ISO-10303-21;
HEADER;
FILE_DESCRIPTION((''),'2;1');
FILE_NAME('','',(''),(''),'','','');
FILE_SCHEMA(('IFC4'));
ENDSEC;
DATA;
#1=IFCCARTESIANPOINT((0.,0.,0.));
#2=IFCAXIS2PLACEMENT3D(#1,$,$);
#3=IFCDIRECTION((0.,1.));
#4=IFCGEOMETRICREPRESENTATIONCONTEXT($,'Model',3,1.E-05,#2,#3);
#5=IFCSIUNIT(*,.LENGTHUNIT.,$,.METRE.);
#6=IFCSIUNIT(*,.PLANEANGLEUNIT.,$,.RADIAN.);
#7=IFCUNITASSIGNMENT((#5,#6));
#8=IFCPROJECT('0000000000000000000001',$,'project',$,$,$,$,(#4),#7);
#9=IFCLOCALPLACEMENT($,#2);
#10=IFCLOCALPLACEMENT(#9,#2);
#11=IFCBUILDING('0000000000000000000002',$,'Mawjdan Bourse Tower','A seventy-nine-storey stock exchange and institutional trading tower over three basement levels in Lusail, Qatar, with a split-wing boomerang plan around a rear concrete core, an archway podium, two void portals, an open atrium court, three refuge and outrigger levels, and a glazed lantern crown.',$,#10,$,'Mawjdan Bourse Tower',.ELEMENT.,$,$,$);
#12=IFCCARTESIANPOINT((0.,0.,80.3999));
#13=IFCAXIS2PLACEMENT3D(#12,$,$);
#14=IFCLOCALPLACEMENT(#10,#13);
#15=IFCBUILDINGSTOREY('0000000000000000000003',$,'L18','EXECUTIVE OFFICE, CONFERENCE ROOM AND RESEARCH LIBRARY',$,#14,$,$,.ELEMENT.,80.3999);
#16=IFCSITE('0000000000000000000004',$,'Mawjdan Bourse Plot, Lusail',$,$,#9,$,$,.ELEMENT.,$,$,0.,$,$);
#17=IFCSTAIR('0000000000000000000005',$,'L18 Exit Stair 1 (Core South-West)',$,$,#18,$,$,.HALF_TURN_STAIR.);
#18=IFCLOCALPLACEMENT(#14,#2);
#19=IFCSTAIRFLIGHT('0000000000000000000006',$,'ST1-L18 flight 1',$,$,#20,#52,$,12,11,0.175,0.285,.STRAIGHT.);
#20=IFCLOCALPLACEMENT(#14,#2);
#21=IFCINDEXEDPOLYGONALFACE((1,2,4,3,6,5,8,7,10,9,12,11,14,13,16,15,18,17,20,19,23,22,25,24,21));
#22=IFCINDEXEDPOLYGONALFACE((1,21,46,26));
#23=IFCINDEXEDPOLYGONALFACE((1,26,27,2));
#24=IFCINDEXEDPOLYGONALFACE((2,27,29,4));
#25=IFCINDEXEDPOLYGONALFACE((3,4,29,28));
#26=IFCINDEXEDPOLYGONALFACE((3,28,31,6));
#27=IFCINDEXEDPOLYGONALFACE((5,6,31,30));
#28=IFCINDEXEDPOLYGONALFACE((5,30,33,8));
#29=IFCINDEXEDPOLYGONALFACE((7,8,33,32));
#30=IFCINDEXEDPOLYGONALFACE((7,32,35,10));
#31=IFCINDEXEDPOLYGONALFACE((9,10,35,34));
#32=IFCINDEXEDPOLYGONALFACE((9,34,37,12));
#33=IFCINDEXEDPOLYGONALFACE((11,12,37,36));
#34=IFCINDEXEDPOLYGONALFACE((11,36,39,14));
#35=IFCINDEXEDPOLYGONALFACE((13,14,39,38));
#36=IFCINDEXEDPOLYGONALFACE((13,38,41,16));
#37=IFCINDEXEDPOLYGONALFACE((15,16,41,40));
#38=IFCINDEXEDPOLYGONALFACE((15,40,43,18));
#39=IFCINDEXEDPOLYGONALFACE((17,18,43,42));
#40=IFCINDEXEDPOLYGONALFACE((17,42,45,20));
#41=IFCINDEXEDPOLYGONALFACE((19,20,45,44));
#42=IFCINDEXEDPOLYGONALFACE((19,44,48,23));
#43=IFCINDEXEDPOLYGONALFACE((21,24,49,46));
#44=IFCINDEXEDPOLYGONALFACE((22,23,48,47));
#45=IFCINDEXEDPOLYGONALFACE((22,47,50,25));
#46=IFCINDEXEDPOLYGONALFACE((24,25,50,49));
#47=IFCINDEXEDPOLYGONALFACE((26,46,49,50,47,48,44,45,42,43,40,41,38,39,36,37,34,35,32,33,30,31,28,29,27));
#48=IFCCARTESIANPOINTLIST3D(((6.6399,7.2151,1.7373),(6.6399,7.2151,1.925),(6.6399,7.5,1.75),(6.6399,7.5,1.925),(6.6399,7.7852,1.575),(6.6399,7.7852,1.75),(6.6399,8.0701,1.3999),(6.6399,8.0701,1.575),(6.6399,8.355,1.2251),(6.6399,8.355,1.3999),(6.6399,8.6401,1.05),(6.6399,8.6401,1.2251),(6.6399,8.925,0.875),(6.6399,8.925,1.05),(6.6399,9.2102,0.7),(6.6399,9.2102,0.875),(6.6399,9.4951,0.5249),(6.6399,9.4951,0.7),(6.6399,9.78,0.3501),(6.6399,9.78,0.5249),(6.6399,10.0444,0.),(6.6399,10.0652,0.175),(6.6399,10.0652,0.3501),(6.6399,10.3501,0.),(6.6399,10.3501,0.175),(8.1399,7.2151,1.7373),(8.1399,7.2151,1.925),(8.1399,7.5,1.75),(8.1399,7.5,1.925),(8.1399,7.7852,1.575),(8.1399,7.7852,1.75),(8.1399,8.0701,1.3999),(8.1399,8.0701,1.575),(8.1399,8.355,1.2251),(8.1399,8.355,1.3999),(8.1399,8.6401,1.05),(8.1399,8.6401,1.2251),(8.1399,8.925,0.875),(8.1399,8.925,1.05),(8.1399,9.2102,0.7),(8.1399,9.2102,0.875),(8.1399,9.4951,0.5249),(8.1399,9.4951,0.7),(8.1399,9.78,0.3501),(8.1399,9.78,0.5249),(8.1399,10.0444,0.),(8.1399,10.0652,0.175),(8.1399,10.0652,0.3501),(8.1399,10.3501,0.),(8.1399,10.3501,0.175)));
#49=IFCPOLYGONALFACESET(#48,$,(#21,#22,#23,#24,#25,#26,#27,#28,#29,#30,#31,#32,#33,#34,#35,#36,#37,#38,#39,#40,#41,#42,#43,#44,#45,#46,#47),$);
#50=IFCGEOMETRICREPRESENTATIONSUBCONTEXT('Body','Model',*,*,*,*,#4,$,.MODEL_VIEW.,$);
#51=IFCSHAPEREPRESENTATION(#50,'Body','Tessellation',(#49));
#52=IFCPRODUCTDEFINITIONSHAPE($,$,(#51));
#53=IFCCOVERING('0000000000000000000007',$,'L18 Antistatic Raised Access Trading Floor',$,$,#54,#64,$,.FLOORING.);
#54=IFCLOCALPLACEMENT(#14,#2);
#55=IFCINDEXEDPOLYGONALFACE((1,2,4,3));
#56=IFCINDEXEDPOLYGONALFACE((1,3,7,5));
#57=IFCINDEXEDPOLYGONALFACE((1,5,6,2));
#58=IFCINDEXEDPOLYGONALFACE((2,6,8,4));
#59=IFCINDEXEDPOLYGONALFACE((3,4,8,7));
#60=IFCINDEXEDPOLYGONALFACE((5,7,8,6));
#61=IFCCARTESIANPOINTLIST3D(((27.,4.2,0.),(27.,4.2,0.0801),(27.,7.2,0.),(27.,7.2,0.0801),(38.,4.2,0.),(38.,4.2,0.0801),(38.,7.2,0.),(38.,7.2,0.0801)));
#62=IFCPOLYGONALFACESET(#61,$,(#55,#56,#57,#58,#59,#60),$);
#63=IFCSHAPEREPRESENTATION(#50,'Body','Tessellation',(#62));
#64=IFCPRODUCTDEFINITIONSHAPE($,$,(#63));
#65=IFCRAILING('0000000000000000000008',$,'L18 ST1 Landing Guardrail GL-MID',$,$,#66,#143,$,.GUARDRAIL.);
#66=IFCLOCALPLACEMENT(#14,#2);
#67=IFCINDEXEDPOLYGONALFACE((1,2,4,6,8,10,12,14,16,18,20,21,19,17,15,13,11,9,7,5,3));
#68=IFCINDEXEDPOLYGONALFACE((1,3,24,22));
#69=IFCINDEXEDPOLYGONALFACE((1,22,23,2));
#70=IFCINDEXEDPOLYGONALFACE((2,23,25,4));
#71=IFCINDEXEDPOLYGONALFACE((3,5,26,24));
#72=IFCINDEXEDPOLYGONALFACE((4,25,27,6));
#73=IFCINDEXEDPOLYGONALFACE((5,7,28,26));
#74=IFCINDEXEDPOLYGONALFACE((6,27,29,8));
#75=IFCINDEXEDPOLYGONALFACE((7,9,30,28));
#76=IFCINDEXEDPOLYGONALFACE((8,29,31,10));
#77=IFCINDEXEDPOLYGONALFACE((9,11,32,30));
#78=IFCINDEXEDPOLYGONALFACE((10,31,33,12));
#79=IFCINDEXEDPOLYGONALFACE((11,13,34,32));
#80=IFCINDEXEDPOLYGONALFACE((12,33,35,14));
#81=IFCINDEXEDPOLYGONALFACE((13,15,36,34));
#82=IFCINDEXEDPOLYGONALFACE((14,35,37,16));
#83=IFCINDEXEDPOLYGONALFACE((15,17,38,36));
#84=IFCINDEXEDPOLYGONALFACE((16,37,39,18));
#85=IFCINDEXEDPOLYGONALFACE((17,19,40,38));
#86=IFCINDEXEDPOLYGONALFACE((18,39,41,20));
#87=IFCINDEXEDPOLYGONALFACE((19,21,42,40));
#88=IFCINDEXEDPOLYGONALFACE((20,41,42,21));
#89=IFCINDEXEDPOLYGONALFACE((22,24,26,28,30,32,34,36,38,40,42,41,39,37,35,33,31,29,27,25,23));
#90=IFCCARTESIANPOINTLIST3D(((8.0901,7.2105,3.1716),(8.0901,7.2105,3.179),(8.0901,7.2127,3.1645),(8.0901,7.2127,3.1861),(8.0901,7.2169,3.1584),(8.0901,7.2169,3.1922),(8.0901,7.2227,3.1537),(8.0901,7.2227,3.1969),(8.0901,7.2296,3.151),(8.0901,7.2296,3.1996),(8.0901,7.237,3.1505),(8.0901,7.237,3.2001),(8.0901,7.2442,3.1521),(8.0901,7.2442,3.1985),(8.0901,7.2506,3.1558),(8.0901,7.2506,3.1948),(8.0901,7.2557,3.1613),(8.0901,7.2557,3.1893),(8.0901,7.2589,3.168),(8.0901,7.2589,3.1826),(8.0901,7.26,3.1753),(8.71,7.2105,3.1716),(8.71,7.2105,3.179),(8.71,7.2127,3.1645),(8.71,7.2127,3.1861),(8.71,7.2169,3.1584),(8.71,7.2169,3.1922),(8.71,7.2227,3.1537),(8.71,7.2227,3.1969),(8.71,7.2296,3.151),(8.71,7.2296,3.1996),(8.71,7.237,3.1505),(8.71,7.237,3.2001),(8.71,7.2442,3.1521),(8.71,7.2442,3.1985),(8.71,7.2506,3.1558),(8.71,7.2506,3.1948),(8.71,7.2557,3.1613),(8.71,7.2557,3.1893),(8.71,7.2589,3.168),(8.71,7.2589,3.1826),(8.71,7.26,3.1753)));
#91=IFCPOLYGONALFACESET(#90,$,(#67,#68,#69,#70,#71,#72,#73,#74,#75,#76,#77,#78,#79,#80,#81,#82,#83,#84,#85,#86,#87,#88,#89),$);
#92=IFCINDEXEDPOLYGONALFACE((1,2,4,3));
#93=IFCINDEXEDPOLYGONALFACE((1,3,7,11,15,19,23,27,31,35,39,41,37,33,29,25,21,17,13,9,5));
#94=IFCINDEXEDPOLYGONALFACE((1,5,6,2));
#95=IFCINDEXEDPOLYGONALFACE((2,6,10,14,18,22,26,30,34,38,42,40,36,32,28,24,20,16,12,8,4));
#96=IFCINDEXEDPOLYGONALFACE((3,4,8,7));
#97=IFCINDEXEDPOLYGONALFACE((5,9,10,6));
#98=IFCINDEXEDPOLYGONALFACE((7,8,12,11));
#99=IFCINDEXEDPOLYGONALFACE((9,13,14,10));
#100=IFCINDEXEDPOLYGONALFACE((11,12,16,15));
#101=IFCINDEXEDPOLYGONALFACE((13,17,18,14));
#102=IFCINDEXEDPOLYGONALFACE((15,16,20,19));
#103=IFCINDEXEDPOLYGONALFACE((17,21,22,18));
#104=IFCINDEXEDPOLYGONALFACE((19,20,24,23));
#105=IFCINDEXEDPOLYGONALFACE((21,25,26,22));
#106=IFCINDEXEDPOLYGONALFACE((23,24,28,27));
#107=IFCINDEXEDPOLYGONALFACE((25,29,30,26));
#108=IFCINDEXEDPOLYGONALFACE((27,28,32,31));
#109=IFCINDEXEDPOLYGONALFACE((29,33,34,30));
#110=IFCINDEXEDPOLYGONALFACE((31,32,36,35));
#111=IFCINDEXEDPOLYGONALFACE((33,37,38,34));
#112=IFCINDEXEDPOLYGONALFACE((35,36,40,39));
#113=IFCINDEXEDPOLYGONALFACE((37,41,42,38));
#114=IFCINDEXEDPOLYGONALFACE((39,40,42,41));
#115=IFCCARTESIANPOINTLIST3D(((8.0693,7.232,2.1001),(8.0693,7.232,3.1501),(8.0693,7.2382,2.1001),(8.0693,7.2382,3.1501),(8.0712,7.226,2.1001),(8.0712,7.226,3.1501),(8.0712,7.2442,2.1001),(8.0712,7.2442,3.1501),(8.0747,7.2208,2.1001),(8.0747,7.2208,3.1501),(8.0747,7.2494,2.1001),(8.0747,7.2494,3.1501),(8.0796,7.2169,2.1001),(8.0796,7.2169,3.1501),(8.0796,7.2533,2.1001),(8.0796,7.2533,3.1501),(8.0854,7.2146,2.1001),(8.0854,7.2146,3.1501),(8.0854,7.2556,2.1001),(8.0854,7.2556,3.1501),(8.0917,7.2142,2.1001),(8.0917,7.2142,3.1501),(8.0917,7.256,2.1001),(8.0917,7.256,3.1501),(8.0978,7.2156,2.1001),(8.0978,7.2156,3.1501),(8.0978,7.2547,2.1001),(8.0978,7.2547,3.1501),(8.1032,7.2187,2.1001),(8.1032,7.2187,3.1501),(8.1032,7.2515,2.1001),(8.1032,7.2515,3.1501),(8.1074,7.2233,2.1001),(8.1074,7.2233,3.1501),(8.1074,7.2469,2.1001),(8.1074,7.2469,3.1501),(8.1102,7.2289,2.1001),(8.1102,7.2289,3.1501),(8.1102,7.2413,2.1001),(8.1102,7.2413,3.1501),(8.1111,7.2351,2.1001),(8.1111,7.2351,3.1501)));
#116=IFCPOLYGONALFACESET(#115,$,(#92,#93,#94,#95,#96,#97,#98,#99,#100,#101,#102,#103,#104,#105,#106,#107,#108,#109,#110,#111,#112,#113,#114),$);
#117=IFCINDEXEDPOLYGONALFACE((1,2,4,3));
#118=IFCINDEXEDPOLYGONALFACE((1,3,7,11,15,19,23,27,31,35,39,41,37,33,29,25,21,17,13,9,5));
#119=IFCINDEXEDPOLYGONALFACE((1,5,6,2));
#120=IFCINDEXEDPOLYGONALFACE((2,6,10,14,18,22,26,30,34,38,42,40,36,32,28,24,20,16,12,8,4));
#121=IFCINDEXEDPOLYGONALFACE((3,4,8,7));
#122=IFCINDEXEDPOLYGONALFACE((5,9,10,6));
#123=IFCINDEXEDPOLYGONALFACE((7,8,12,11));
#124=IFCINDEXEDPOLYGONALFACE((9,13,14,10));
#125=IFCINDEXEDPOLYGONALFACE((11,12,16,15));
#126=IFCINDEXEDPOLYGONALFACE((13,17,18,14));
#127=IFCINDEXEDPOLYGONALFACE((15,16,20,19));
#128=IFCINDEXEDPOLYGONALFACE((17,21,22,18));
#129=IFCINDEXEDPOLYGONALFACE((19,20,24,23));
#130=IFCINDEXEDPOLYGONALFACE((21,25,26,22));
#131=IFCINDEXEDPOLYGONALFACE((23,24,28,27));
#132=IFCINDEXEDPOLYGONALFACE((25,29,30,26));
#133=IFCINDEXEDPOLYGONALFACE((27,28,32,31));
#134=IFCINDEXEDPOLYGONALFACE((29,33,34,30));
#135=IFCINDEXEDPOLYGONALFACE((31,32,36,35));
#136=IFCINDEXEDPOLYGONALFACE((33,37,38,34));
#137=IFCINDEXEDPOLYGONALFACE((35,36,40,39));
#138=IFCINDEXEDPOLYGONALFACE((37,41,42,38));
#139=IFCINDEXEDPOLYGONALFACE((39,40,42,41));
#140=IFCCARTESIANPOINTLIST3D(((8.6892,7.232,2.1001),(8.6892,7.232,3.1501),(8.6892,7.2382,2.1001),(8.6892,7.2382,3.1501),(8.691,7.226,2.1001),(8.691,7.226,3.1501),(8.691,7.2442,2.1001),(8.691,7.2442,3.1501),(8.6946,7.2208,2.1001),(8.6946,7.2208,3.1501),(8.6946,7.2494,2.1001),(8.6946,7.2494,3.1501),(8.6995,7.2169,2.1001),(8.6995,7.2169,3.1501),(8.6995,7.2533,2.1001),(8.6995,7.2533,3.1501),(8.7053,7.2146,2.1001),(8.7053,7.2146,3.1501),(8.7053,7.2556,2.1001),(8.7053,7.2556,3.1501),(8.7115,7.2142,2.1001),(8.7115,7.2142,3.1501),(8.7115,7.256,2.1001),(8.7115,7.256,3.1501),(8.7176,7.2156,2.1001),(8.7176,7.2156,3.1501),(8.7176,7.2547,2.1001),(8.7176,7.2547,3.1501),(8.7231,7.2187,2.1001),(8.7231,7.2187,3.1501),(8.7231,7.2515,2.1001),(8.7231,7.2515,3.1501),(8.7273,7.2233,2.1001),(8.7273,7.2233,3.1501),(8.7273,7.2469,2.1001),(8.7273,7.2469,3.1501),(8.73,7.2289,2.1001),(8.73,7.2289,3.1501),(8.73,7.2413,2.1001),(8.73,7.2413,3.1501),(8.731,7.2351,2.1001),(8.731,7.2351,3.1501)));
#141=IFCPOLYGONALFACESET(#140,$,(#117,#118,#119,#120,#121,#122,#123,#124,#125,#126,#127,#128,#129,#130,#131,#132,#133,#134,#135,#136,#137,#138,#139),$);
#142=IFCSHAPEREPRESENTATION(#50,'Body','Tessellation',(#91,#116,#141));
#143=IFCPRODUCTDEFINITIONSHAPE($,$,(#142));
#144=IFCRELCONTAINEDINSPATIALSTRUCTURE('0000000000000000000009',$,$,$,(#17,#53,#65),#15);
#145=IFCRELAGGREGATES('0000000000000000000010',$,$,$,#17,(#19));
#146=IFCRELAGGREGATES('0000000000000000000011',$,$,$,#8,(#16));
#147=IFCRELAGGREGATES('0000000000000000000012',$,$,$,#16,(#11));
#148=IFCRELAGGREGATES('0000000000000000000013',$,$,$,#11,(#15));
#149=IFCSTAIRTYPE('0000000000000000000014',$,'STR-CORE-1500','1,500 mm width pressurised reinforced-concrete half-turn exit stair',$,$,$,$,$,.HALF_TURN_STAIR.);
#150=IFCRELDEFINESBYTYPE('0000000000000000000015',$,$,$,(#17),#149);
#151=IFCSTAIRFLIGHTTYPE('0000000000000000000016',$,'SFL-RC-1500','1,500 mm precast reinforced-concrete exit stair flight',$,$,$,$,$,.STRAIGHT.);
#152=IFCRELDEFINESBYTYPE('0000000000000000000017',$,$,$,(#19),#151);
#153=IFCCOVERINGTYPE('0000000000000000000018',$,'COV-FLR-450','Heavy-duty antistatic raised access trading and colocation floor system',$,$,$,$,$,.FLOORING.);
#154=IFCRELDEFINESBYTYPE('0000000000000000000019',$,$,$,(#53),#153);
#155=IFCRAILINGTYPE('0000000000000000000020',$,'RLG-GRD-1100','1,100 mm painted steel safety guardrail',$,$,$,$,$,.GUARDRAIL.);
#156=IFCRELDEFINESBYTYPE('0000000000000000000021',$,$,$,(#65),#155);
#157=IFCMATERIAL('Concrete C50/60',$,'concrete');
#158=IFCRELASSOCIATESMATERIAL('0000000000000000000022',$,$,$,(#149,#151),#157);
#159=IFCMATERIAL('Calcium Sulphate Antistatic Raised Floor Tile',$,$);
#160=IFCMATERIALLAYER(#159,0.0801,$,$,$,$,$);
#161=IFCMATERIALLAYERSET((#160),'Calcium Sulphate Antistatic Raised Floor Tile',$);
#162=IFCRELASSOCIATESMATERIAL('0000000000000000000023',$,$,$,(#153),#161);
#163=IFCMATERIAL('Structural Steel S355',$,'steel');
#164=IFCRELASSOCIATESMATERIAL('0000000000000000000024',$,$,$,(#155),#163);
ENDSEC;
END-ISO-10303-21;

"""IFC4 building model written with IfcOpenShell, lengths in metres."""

from ifc_helpers import new_model, si_unit, direction, frame, origin, origin_2d, place, context, subcontext, project, spatial, polyline, circle, outline, extrude, material, layer, layer_set, type_object, element, aggregate, save


model = new_model("IFC4")

# Units and contexts
model_context = context("Model", 3, precision=1e-05, world=origin(), true_north=direction((0.0, 1.0)))
body_context = subcontext(model_context, "Body", "Model", "MODEL_VIEW")
ifc_project = project(units=[si_unit("LENGTHUNIT", "METRE"), si_unit("PLANEANGLEUNIT", "RADIAN")], contexts=[model_context])

# Site, building, storey
site_placement = place(None, origin())
site = spatial("IfcSite", under=ifc_project, at=site_placement, Name="Mawjdan Bourse Plot, Lusail", CompositionType="ELEMENT", RefElevation=0.0)
building_placement = place(site_placement, origin())
building = spatial("IfcBuilding", under=site, at=building_placement, Name="Mawjdan Bourse Tower", Description="A seventy-nine-storey stock exchange and institutional trading tower over three basement levels in Lusail, Qatar, with a split-wing boomerang plan around a rear concrete core, an archway podium, two void portals, an open atrium court, three refuge and outrigger levels, and a glazed lantern crown.", LongName="Mawjdan Bourse Tower", CompositionType="ELEMENT")
storey_placement = place(building_placement, frame((0.0, 0.0, 80.3999)))
storey = spatial("IfcBuildingStorey", under=building, at=storey_placement, Name="L18", Description="EXECUTIVE OFFICE, CONFERENCE ROOM AND RESEARCH LIBRARY", CompositionType="ELEMENT", Elevation=80.3999)

# Stair
ifc_material_1 = material(Name="Concrete C50/60", Category="concrete")
stair_type = type_object("IfcStairType", Name="STR-CORE-1500", Description="1,500 mm width pressurised reinforced-concrete half-turn exit stair", PredefinedType="HALF_TURN_STAIR", material=ifc_material_1)
stair_1_placement = place(storey_placement, origin())
stair_1 = element("IfcStair", 1, at=stair_1_placement, inside=storey, type_object=stair_type, Name="L18 Exit Stair 1 (Core South-West)", PredefinedType="HALF_TURN_STAIR")

# Stair flight
stair_flight_type = type_object("IfcStairFlightType", Name="SFL-RC-1500", Description="1,500 mm precast reinforced-concrete exit stair flight", PredefinedType="STRAIGHT", material=ifc_material_1)
stair_flight_placement = place(storey_placement, frame((7.3899, 10.3501, 0.0), z_axis=(0.0, 0.0, 1.0), x_axis=(0.0, -1.0, 0.0)))
stair_flight = element("IfcStairFlight", 2, at=stair_flight_placement, type_object=stair_flight_type, Name="ST1-L18 flight 1", NumberOfRisers=12, NumberOfTreads=11, PredefinedType="STRAIGHT", RiserHeight=0.175, TreadLength=0.285, context=body_context, shape_type="SweptSolid", body=[
    extrude(outline(polyline([(0.0, 0.0), (0.0, 0.175), (0.2849, 0.175), (0.2849, 0.3501), (0.5701, 0.3501), (0.5701, 0.5249), (0.855, 0.5249), (0.855, 0.7), (1.1399, 0.7), (1.1399, 0.875), (1.425, 0.875), (1.425, 1.05), (1.71, 1.05), (1.71, 1.2251), (1.9951, 1.2251), (1.9951, 1.3999), (2.28, 1.3999), (2.28, 1.575), (2.5649, 1.575), (2.5649, 1.75), (2.8501, 1.75), (2.8501, 1.925), (3.135, 1.925), (3.135, 2.1001), (3.135, 1.7373), (0.3057, 0.0), (0.0, 0.0)])), frame((0.0, 0.75, 0.0), z_axis=(0.0, -1.0, 0.0), x_axis=(1.0, 0.0, 0.0)), (0.0, 0.0, 1.0), 1.5),
])
aggregate(stair_1, [stair_flight])

# Covering
ifc_material_2 = material(Name="Calcium Sulphate Antistatic Raised Floor Tile")
ifc_layer_1 = layer(ifc_material_2, 0.0801)
ifc_layer_set_1 = layer_set([ifc_layer_1], Name="Calcium Sulphate Antistatic Raised Floor Tile")
covering_type = type_object("IfcCoveringType", Name="COV-FLR-450", Description="Heavy-duty antistatic raised access trading and colocation floor system", PredefinedType="FLOORING", material=ifc_layer_set_1)
covering_placement = place(storey_placement, origin())
element("IfcCovering", 3, at=covering_placement, inside=storey, type_object=covering_type, Name="L18 Antistatic Raised Access Trading Floor", PredefinedType="FLOORING", context=body_context, shape_type="SweptSolid", body=[
    extrude(outline(polyline([(27.0, 4.2), (38.0, 4.2), (38.0, 7.2), (27.0, 7.2), (27.0, 4.2)])), origin(), (0.0, 0.0, 1.0), 0.0801),
])

# Railing
ifc_material_3 = material(Name="Structural Steel S355", Category="steel")
railing_type_1 = type_object("IfcRailingType", Name="RLG-GRD-1100", Description="1,100 mm painted steel safety guardrail", PredefinedType="GUARDRAIL", material=ifc_material_3)
for number, where, name in (
    (4, (8.0901, 7.2351, 2.1001), "L18 ST1 Landing Guardrail GL-MID"),
):
    element("IfcRailing", number, at=place(storey_placement, frame(where)), inside=storey, type_object=railing_type_1, Name=name, PredefinedType="GUARDRAIL", context=body_context, shape_type="SweptSolid", body=[
        extrude(circle(Radius=0.0249, at=origin_2d()), frame((0.0, 0.0, 1.0752), z_axis=(1.0, 0.0, 0.0), x_axis=(0.0, 1.0, 0.0)), (0.0, 0.0, 1.0), 0.6199),
        extrude(circle(Radius=0.021, at=origin_2d()), origin(), (0.0, 0.0, 1.0), 1.05),
        extrude(circle(Radius=0.021, at=origin_2d()), frame((0.6199, 0.0, 0.0)), (0.0, 0.0, 1.0), 1.05),
    ])

save(model, "model.ifc")
